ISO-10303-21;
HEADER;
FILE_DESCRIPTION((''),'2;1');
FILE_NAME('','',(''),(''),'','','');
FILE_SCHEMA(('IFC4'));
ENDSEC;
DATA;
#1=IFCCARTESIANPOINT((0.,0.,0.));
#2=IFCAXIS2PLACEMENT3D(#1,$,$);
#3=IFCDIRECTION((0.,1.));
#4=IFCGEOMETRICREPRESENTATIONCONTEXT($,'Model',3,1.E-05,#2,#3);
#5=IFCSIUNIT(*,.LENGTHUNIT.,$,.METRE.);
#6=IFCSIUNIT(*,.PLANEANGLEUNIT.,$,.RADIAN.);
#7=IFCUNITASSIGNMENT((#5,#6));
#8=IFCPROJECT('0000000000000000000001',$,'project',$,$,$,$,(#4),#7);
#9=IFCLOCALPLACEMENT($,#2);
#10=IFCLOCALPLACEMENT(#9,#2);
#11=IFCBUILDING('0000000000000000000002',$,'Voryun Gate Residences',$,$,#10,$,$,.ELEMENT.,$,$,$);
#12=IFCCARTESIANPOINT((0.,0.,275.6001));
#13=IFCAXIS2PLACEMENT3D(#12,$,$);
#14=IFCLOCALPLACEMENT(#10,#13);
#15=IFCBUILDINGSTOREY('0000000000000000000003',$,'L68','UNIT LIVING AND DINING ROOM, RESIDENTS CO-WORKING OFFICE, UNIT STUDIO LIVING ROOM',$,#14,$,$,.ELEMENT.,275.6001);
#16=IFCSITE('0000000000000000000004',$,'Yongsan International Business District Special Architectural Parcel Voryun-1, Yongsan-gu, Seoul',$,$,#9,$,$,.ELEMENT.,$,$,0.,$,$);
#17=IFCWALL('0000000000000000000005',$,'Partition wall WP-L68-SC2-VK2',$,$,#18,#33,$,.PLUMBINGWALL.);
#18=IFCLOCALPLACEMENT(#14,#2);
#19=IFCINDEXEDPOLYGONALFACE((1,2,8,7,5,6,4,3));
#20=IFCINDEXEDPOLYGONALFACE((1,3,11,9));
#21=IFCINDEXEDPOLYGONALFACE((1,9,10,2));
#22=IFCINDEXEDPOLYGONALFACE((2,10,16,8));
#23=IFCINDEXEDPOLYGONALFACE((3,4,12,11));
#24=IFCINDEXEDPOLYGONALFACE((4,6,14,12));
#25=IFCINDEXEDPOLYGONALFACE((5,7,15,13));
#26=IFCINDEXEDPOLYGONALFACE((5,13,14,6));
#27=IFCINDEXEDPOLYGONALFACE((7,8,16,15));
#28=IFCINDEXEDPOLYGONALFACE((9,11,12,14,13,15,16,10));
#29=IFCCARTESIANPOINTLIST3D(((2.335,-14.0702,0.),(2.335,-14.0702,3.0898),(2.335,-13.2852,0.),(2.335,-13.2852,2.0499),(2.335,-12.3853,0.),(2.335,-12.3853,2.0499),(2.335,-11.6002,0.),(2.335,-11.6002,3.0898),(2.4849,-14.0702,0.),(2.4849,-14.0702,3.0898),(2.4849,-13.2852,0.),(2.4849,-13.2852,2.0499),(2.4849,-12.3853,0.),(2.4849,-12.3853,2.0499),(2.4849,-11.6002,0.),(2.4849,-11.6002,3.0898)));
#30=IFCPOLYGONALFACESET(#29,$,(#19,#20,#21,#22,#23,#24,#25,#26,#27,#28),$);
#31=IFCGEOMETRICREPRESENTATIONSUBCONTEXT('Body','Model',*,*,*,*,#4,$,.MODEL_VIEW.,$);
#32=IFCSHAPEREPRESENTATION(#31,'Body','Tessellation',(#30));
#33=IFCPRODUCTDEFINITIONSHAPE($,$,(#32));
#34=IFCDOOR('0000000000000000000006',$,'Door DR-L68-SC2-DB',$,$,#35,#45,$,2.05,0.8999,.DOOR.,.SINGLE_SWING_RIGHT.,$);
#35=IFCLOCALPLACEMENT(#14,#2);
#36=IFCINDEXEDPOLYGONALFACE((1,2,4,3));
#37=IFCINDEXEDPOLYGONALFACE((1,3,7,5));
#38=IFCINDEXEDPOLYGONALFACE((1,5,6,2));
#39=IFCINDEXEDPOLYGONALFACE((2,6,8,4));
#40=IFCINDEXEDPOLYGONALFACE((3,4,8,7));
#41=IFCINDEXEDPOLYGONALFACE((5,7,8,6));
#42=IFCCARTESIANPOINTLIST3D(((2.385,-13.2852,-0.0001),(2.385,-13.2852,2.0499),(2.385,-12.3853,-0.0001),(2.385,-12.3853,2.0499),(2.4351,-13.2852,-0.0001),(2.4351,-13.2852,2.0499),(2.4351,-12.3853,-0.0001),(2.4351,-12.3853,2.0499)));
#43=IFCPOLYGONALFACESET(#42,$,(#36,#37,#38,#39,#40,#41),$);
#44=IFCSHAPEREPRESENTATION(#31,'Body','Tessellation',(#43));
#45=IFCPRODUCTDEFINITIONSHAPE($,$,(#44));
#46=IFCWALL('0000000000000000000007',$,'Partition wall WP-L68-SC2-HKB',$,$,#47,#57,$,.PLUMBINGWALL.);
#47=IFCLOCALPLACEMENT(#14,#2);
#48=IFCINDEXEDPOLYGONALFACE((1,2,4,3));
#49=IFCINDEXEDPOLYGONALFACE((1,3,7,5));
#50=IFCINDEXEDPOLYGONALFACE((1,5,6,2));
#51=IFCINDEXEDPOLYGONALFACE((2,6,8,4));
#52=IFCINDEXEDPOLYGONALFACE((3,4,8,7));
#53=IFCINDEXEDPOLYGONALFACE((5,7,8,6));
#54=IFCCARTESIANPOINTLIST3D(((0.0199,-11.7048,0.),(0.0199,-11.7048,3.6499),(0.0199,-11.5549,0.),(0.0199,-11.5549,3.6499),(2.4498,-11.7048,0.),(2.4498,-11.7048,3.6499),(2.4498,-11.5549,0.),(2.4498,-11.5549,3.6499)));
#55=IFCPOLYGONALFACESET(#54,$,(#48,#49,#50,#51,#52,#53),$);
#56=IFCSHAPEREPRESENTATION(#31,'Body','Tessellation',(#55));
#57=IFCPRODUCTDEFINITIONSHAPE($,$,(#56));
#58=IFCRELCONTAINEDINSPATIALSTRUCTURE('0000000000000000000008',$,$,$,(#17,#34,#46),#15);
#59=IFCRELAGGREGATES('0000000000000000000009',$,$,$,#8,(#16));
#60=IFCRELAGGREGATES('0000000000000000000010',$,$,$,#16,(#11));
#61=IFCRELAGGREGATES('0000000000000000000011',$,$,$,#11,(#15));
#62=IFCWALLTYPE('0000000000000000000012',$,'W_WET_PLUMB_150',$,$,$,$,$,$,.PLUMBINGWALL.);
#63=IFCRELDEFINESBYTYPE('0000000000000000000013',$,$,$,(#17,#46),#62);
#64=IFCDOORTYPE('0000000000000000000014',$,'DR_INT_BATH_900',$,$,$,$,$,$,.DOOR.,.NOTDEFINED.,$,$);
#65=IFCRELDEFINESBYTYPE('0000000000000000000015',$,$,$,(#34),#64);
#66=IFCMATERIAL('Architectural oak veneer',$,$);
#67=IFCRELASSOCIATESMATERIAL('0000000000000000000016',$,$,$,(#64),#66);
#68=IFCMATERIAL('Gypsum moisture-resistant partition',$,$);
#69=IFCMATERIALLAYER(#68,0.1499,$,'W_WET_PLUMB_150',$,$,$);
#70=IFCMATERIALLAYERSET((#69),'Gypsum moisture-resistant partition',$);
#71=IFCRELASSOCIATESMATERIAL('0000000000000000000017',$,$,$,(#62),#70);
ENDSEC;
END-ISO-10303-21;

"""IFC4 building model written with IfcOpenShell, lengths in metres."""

from ifc_helpers import new_model, si_unit, direction, frame, frame_2d, origin, place, context, subcontext, project, spatial, rectangle, extrude, material, layer, layer_set, type_object, element, fill, save


model = new_model("IFC4")

# Units and contexts
model_context = context("Model", 3, precision=1e-05, world=origin(), true_north=direction((0.0, 1.0)))
body_context = subcontext(model_context, "Body", "Model", "MODEL_VIEW")
ifc_project = project(units=[si_unit("LENGTHUNIT", "METRE"), si_unit("PLANEANGLEUNIT", "RADIAN")], contexts=[model_context])

# Site, building, storey
site_placement = place(None, origin())
site = spatial("IfcSite", under=ifc_project, at=site_placement, Name="Yongsan International Business District Special Architectural Parcel Voryun-1, Yongsan-gu, Seoul", CompositionType="ELEMENT", RefElevation=0.0)
building_placement = place(site_placement, origin())
building = spatial("IfcBuilding", under=site, at=building_placement, Name="Voryun Gate Residences", CompositionType="ELEMENT")
storey_placement = place(building_placement, frame((0.0, 0.0, 275.6001)))
storey = spatial("IfcBuildingStorey", under=building, at=storey_placement, Name="L68", Description="UNIT LIVING AND DINING ROOM, RESIDENTS CO-WORKING OFFICE, UNIT STUDIO LIVING ROOM", CompositionType="ELEMENT", Elevation=275.6001)

# Shared definitions
ifc_material_1 = material(Name="Architectural oak veneer")
door_type_1 = type_object("IfcDoorType", Name="DR_INT_BATH_900", OperationType="NOTDEFINED", PredefinedType="DOOR", material=ifc_material_1)

# Shared definitions
ifc_material_2 = material(Name="Gypsum moisture-resistant partition")
ifc_layer_1 = layer(ifc_material_2, 0.1499, Name="W_WET_PLUMB_150")
ifc_layer_set_1 = layer_set([ifc_layer_1], Name="Gypsum moisture-resistant partition")
wall_type_1 = type_object("IfcWallType", Name="W_WET_PLUMB_150", PredefinedType="PLUMBINGWALL", material=ifc_layer_set_1)

# Wall, opening, door
wall_1_placement = place(storey_placement, frame((2.4099, -14.0701, 0.0), z_axis=(0.0, 0.0, 1.0), x_axis=(0.0, 1.0, 0.0)))
wall_1 = element("IfcWall", 1, at=wall_1_placement, inside=storey, type_object=wall_type_1, Name="Partition wall WP-L68-SC2-VK2", PredefinedType="PLUMBINGWALL", context=body_context, shape_type="SweptSolid", body=[
    extrude(rectangle(XDim=2.47, YDim=0.1499, at=frame_2d((1.2349, 0.0))), origin(), (0.0, 0.0, 1.0), 3.0898),
])
opening_1_placement = place(wall_1_placement, frame((0.7849, 0.0, 0.0)))
opening_1 = element("IfcOpeningElement", 2, at=opening_1_placement, cuts=wall_1, PredefinedType="OPENING", context=body_context, shape_type="SweptSolid", body=[
    extrude(rectangle(XDim=0.8999, YDim=2.05, at=frame_2d((0.45, 1.0249))), frame((0.0, 0.085, 0.0), z_axis=(0.0, -1.0, 0.0), x_axis=(1.0, 0.0, 0.0)), (0.0, 0.0, 1.0), 0.1699),
])
door_1_placement = place(opening_1_placement, origin())
door_1 = element("IfcDoor", 3, at=door_1_placement, inside=storey, type_object=door_type_1, Name="Door DR-L68-SC2-DB", OperationType="SINGLE_SWING_RIGHT", OverallHeight=2.05, OverallWidth=0.8999, PredefinedType="DOOR", context=body_context, shape_type="SweptSolid", body=[
    extrude(rectangle(XDim=0.8999, YDim=2.05, at=frame_2d((0.45, 1.0249))), frame((0.0, 0.0249, 0.0), z_axis=(0.0, -1.0, 0.0), x_axis=(1.0, 0.0, 0.0)), (0.0, 0.0, 1.0), 0.05),
])
fill(opening_1, door_1)

# Wall
wall_2_placement = place(storey_placement, frame((0.02, -11.6299, 0.0), z_axis=(0.0, 0.0, 1.0), x_axis=(1.0, 0.0, 0.0)))
element("IfcWall", 4, at=wall_2_placement, inside=storey, type_object=wall_type_1, Name="Partition wall WP-L68-SC2-HKB", PredefinedType="PLUMBINGWALL", context=body_context, shape_type="SweptSolid", body=[
    extrude(rectangle(XDim=2.4299, YDim=0.1499, at=frame_2d((1.2148, 0.0))), origin(), (0.0, 0.0, 1.0), 3.6499),
])

save(model, "model.ifc")
